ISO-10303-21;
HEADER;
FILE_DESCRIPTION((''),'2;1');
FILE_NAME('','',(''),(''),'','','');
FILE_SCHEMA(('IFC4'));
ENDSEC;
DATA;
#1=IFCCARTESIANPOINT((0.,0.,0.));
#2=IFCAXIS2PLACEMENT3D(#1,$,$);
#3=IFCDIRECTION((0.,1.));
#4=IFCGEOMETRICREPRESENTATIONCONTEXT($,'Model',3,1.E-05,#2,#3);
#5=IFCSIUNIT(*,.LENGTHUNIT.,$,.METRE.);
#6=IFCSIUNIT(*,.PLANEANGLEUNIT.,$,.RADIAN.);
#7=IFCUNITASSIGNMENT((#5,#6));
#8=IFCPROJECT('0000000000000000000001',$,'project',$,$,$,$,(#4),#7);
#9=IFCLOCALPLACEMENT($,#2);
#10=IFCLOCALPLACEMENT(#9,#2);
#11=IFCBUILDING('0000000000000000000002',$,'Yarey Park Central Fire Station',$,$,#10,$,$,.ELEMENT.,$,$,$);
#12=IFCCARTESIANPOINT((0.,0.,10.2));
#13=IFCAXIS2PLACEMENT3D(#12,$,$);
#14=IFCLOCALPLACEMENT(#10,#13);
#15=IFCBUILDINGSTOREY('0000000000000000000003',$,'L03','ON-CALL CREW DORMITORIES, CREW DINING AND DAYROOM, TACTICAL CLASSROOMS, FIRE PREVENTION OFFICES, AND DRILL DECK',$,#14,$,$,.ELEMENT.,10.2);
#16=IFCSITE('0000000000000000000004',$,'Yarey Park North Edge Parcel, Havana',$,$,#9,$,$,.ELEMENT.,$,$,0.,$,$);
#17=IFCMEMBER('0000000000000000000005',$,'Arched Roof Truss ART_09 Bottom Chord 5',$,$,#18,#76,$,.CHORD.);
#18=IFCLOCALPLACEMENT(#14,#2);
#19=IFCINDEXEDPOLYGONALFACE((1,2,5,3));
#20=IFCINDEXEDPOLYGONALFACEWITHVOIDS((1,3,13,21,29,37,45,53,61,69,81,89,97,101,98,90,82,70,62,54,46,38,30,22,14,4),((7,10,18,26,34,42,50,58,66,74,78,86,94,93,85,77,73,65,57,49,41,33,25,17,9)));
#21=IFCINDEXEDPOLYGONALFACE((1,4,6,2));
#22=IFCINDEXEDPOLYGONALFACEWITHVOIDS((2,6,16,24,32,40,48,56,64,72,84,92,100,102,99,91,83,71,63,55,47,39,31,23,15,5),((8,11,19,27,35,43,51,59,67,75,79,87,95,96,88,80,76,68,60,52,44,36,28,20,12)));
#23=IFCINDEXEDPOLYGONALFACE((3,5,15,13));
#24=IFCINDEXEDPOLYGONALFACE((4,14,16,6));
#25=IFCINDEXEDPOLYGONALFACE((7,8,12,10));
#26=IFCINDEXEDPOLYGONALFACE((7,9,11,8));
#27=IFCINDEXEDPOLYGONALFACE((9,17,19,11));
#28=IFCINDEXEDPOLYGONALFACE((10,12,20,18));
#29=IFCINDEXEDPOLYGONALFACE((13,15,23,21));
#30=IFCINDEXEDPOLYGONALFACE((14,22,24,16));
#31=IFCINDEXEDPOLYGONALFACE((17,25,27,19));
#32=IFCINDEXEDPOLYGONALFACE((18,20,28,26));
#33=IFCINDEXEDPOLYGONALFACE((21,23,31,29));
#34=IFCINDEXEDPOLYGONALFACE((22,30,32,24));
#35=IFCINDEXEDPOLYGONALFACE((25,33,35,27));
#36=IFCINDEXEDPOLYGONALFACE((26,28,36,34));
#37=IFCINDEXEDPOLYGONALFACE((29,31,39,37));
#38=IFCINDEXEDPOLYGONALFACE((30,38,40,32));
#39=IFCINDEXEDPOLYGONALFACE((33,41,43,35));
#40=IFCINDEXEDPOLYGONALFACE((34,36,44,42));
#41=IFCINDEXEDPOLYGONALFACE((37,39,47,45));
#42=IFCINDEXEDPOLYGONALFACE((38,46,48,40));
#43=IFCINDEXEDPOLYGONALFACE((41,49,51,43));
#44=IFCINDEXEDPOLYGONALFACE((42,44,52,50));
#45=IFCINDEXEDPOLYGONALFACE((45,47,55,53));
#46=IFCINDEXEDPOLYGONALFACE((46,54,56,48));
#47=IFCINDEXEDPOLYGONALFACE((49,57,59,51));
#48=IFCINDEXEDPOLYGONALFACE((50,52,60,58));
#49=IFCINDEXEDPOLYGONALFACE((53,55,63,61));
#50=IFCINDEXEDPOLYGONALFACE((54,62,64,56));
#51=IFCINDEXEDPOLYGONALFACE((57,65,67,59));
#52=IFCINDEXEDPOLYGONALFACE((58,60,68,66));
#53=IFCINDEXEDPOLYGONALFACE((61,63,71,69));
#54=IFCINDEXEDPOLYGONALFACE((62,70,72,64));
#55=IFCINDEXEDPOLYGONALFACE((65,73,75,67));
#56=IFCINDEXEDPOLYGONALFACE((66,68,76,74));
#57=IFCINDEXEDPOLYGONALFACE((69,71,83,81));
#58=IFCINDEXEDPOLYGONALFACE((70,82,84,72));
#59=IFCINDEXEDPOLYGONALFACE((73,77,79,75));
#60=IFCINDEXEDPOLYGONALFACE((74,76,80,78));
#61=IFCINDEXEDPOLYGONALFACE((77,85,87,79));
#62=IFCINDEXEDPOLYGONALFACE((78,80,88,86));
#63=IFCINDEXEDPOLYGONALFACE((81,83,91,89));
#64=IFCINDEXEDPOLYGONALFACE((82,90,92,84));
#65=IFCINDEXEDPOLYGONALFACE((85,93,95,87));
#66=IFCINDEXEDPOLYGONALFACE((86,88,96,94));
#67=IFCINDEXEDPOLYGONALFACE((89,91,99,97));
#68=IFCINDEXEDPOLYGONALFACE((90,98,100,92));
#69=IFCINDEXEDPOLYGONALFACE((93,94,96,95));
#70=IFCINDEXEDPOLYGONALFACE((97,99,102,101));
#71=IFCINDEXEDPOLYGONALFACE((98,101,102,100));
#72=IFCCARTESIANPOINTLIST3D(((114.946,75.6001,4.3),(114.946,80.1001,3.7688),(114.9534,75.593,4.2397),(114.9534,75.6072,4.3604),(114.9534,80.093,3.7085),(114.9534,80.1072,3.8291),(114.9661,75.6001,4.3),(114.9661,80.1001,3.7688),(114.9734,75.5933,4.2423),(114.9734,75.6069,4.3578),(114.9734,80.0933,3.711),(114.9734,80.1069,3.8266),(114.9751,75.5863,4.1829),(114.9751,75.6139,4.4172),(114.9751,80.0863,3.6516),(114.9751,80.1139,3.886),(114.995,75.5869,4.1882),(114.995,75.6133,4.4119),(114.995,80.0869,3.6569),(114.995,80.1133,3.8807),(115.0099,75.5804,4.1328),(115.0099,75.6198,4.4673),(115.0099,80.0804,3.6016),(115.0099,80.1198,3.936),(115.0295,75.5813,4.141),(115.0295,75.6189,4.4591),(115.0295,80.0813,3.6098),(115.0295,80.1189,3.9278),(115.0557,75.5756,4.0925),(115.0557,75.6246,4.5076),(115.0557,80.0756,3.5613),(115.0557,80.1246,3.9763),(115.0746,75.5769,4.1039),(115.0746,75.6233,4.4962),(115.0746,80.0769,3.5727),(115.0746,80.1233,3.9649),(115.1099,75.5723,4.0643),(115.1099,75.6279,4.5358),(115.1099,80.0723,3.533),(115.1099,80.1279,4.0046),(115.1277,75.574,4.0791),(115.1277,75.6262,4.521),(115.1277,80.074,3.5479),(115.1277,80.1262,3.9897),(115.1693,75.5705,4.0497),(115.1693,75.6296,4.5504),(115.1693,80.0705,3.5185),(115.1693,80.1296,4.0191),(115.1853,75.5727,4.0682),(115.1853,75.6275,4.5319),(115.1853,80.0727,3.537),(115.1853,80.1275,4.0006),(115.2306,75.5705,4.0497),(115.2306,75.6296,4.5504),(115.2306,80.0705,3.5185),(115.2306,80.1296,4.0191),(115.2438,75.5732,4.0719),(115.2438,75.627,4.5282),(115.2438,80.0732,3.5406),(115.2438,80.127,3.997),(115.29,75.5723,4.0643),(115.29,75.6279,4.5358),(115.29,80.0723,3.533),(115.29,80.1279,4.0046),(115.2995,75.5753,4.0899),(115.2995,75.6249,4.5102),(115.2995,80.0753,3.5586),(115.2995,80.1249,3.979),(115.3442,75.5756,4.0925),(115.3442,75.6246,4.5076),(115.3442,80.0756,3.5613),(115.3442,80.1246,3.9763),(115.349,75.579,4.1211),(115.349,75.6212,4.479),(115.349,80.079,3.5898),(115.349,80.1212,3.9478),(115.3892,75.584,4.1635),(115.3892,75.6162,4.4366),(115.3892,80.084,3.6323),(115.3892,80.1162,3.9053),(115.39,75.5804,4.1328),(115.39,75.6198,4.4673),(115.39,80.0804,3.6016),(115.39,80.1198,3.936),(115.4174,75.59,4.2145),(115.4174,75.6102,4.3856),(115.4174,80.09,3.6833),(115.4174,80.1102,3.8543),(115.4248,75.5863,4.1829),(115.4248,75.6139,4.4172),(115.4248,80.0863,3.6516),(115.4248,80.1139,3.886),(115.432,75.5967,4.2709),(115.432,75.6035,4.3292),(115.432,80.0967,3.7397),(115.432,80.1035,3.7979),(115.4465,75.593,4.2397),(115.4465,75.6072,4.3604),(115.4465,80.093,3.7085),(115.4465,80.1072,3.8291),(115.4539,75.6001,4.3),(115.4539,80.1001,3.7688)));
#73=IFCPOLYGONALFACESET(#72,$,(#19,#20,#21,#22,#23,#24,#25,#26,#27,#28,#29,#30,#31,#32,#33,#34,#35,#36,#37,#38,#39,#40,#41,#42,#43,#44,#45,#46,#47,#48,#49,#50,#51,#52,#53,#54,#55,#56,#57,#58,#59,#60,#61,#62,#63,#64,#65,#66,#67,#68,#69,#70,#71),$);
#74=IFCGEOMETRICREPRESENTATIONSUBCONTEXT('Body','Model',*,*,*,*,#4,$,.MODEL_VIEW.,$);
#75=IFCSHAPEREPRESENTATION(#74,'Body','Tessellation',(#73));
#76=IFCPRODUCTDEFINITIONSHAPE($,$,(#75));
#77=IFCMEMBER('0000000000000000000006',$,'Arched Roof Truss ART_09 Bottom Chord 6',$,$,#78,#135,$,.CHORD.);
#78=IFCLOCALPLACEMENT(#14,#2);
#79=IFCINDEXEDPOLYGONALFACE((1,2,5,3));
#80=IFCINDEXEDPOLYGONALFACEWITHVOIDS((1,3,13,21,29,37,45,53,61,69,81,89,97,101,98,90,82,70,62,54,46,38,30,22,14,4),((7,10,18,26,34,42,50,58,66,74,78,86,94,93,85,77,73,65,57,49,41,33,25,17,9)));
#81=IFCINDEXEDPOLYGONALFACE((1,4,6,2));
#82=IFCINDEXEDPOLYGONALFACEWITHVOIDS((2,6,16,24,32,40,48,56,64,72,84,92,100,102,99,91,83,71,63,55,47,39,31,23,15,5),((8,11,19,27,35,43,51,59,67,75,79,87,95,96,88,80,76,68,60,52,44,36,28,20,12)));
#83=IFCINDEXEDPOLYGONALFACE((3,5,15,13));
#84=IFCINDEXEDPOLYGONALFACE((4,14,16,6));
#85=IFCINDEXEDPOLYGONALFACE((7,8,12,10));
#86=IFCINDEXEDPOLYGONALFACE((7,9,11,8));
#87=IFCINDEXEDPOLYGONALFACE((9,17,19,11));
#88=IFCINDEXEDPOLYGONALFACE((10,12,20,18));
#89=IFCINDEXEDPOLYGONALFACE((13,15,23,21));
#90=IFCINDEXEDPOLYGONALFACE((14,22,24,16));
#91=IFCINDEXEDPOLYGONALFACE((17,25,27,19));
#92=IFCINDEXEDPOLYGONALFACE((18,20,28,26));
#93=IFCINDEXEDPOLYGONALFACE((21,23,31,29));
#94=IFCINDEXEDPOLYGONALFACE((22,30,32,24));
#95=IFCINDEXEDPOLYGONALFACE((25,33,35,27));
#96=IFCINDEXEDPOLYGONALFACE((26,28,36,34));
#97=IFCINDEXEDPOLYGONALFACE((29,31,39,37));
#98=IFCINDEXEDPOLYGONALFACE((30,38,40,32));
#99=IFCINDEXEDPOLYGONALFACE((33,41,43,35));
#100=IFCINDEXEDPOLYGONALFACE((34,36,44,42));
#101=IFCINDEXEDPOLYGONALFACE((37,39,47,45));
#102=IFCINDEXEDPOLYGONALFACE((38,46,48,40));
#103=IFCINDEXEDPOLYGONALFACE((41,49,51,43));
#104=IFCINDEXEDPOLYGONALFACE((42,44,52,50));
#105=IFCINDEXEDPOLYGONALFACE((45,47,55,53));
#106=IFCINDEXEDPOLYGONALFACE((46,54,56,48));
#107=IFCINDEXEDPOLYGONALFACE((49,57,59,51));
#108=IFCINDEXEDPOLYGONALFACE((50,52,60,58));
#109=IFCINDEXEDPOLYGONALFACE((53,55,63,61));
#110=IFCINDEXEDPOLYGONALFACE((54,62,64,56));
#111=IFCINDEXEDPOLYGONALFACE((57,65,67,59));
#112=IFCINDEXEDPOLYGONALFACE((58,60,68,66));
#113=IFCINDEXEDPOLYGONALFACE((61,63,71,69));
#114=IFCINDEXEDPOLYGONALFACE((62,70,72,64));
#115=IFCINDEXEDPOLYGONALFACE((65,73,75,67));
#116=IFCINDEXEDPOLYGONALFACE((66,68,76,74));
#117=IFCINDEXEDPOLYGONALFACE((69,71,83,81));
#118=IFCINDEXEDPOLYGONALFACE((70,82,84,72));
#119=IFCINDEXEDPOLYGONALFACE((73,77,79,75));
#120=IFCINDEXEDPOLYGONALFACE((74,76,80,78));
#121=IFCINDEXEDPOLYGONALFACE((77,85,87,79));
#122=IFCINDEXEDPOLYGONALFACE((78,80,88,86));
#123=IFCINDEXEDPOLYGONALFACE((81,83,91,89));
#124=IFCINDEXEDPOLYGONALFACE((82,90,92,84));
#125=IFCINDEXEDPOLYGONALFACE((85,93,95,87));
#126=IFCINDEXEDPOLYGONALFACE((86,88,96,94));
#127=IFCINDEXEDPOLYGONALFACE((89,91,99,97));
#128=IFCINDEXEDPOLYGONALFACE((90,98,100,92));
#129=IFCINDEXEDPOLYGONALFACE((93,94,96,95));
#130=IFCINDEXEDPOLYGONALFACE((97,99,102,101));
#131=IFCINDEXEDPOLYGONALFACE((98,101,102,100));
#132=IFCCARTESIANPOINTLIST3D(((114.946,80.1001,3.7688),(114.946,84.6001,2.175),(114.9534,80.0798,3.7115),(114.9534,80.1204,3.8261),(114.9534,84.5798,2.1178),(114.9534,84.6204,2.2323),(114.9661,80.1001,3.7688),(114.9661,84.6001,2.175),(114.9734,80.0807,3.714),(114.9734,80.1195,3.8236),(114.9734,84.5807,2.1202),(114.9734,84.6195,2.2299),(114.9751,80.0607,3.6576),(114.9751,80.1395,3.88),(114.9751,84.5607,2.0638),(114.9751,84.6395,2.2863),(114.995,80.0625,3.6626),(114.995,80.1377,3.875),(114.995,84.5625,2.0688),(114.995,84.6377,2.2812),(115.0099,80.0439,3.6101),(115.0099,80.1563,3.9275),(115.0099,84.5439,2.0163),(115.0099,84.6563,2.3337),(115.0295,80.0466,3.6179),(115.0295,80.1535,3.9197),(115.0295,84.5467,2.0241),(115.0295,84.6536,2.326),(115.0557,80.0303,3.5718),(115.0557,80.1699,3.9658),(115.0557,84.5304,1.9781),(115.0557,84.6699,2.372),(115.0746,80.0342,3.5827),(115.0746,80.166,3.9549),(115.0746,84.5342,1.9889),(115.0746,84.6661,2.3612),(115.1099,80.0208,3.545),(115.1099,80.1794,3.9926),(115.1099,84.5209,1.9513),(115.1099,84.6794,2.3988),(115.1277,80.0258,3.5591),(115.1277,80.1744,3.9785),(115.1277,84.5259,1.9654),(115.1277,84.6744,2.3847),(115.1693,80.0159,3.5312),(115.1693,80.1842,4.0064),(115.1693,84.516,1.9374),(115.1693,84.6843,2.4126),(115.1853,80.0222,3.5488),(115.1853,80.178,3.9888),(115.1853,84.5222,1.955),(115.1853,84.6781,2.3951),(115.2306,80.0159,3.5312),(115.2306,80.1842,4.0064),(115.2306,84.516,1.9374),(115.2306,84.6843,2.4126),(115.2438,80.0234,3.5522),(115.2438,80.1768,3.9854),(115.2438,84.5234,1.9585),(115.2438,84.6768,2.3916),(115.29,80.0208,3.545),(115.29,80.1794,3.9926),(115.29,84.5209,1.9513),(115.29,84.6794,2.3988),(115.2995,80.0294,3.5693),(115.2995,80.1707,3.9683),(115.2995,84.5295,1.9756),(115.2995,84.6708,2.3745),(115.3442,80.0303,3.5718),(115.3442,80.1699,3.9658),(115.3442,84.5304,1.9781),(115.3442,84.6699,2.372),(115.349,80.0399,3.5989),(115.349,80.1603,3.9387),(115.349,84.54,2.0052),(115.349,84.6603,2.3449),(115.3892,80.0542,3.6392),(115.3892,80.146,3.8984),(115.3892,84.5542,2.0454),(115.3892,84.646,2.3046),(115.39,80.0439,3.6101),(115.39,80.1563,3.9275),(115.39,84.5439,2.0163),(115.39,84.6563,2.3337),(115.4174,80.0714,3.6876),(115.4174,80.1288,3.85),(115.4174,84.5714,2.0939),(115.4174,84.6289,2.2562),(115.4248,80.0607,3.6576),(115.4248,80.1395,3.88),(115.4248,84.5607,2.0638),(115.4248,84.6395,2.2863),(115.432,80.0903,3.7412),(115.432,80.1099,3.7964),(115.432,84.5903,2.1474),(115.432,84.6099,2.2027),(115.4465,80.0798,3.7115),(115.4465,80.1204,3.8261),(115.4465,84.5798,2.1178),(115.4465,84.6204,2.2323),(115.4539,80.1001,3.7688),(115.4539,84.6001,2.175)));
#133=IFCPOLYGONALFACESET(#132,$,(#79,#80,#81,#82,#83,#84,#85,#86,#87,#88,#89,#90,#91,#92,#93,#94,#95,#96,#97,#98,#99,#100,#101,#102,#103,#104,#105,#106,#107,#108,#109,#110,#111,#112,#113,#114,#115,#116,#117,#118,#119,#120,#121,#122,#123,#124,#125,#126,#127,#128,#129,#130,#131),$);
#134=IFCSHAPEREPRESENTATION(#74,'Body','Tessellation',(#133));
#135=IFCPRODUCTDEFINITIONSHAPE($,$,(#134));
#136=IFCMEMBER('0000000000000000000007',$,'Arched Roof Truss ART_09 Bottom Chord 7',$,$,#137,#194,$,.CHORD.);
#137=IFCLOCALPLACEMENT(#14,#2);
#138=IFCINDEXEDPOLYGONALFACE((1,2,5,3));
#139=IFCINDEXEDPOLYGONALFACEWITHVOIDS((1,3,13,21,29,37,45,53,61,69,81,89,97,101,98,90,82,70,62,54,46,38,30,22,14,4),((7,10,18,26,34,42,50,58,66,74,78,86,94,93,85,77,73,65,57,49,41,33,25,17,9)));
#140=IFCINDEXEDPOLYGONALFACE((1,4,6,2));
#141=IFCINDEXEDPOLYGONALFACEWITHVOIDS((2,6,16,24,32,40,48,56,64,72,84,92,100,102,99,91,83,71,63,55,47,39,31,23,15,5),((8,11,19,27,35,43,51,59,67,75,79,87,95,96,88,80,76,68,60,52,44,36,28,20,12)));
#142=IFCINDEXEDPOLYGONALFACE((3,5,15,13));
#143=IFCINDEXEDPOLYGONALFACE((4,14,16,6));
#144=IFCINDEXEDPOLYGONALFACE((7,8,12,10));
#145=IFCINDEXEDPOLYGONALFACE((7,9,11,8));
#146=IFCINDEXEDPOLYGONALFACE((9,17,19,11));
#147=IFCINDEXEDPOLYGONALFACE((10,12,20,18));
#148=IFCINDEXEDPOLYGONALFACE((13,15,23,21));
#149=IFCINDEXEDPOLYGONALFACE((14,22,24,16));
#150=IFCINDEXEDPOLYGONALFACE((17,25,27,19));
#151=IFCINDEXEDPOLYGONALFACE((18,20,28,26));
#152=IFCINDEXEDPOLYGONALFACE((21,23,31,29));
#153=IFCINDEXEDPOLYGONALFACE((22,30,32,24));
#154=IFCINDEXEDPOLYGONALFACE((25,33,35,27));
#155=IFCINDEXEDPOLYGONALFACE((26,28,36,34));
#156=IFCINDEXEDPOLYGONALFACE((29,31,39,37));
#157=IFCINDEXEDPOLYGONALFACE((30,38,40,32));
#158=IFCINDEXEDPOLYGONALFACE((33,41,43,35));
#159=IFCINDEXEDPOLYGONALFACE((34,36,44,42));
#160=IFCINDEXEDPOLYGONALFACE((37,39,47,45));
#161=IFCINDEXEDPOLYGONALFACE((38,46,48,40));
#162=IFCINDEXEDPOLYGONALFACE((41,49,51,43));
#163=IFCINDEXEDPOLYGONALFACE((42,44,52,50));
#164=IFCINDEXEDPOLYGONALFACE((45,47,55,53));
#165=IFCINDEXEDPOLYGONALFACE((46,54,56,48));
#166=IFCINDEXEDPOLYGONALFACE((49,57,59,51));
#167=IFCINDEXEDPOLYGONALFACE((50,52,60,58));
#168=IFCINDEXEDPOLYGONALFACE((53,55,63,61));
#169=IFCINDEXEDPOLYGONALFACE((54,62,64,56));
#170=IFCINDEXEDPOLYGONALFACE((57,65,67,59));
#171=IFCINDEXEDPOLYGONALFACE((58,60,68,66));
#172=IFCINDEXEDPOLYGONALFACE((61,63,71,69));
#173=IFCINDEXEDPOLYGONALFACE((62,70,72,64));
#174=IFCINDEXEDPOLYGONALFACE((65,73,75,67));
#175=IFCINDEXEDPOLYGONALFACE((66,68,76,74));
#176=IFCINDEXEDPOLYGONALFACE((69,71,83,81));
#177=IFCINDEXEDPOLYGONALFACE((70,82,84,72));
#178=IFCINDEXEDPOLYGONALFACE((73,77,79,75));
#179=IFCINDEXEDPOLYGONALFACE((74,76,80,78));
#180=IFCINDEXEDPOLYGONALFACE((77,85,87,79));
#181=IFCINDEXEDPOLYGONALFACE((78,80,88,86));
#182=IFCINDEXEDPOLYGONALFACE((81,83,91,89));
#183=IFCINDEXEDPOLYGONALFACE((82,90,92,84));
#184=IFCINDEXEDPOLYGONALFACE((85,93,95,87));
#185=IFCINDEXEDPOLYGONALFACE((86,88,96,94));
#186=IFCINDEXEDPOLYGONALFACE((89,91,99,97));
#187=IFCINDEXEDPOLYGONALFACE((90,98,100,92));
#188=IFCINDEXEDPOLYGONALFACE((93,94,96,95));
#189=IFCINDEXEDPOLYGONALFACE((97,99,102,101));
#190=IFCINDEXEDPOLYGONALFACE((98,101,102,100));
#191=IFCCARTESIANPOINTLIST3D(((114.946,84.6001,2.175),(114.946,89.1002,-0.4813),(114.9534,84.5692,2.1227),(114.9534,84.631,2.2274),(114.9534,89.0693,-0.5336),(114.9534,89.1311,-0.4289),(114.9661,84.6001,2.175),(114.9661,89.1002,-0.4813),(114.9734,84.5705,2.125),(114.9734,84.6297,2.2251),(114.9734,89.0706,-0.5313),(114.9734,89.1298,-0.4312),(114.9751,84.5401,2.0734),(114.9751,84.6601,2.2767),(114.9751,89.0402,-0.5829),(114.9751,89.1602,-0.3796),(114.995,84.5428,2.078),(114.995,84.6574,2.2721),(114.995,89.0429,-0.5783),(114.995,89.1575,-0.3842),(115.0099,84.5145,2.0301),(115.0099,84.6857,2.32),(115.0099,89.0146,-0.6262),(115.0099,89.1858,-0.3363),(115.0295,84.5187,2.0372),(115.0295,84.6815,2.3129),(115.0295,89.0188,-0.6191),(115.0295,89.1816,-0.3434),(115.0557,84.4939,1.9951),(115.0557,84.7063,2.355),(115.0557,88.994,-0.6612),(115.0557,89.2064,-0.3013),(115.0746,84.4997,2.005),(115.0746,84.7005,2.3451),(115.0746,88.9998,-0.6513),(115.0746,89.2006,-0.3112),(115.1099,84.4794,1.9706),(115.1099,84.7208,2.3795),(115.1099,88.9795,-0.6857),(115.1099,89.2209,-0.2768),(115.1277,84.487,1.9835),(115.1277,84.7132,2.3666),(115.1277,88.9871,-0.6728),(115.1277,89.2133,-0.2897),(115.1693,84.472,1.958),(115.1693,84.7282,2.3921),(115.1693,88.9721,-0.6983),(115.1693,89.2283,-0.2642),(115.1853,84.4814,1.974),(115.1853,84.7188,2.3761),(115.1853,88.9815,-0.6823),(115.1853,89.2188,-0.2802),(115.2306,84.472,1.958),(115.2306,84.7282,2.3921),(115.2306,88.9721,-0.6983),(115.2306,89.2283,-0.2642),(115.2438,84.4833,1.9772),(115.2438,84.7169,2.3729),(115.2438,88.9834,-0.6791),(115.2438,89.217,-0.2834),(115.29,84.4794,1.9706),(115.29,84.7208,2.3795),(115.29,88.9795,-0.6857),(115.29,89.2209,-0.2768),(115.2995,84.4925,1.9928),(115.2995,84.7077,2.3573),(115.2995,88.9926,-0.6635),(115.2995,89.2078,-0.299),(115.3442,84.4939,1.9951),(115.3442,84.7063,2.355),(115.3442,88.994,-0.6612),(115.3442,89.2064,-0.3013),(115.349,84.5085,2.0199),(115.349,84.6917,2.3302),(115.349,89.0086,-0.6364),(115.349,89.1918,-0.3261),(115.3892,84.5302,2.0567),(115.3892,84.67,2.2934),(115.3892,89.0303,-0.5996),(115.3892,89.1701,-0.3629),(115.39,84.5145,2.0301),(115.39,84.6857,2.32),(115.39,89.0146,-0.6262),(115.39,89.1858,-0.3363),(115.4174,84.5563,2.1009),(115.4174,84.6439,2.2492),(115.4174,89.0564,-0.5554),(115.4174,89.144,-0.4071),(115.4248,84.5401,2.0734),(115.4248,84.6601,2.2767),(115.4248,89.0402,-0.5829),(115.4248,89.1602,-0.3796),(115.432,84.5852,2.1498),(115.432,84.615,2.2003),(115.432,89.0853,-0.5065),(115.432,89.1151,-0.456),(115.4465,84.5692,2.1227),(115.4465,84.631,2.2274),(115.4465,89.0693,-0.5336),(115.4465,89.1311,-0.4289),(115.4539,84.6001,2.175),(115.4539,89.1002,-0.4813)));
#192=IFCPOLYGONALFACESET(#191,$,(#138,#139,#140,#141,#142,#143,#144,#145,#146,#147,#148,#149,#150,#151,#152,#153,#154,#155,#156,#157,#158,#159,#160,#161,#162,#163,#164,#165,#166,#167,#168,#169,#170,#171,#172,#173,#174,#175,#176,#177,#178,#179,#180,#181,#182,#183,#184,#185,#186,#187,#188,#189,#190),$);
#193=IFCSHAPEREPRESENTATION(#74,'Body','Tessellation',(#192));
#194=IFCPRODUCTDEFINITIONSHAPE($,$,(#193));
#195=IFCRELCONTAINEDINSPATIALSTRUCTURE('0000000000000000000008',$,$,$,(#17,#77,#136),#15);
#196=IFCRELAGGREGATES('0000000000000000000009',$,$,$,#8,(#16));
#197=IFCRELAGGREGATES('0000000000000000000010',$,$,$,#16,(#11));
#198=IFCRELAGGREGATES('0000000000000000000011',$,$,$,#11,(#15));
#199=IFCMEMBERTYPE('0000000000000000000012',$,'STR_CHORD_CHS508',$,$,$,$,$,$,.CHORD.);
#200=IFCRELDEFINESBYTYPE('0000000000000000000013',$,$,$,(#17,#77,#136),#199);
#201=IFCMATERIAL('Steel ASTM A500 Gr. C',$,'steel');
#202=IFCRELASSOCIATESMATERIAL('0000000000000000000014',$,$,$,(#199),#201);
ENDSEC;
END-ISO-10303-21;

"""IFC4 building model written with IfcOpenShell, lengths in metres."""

from ifc_helpers import new_model, si_unit, direction, frame, origin, origin_2d, place, context, subcontext, project, spatial, hollow_circle, extrude, material, material_profile, profile_set, type_object, element, save


model = new_model("IFC4")

# Units and contexts
model_context = context("Model", 3, precision=1e-05, world=origin(), true_north=direction((0.0, 1.0)))
body_context = subcontext(model_context, "Body", "Model", "MODEL_VIEW")
ifc_project = project(units=[si_unit("LENGTHUNIT", "METRE"), si_unit("PLANEANGLEUNIT", "RADIAN")], contexts=[model_context])

# Site, building, storey
site_placement = place(None, origin())
site = spatial("IfcSite", under=ifc_project, at=site_placement, Name="Yarey Park North Edge Parcel, Havana", CompositionType="ELEMENT", RefElevation=0.0)
building_placement = place(site_placement, origin())
building = spatial("IfcBuilding", under=site, at=building_placement, Name="Yarey Park Central Fire Station", CompositionType="ELEMENT")
storey_placement = place(building_placement, frame((0.0, 0.0, 10.2)))
storey = spatial("IfcBuildingStorey", under=building, at=storey_placement, Name="L03", Description="ON-CALL CREW DORMITORIES, CREW DINING AND DAYROOM, TACTICAL CLASSROOMS, FIRE PREVENTION OFFICES, AND DRILL DECK", CompositionType="ELEMENT", Elevation=10.2)

# Members
ifc_material_1 = material(Name="Steel ASTM A500 Gr. C", Category="steel")
ifc_material_profile_1 = material_profile(ifc_material_1, hollow_circle(Radius=0.2539, WallThickness=0.02, at=origin_2d()), Name="CHS 508x20")
ifc_profile_set_1 = profile_set([ifc_material_profile_1], Name="Steel ASTM A500 Gr. C")
member_type_1 = type_object("IfcMemberType", Name="STR_CHORD_CHS508", PredefinedType="CHORD", material=ifc_profile_set_1)
member_1_placement = place(storey_placement, frame((115.2, 75.6001, 4.3), z_axis=(0.0, 0.993103, -0.117241), x_axis=(-1.0, 0.0, 0.0)))
element("IfcMember", 1, at=member_1_placement, inside=storey, type_object=member_type_1, Name="Arched Roof Truss ART_09 Bottom Chord 5", PredefinedType="CHORD", context=body_context, shape_type="SweptSolid", body=[
    extrude(hollow_circle(Radius=0.2539, WallThickness=0.02, at=origin_2d()), origin(), (0.0, 0.0, 1.0), 4.5312),
])
member_2_placement = place(storey_placement, frame((115.2, 80.1001, 3.7688), z_axis=(0.0, 0.942627, -0.333847), x_axis=(-1.0, 0.0, 0.0)))
element("IfcMember", 2, at=member_2_placement, inside=storey, type_object=member_type_1, Name="Arched Roof Truss ART_09 Bottom Chord 6", PredefinedType="CHORD", context=body_context, shape_type="SweptSolid", body=[
    extrude(hollow_circle(Radius=0.2539, WallThickness=0.02, at=origin_2d()), origin(), (0.0, 0.0, 1.0), 4.7739),
])
member_3_placement = place(storey_placement, frame((115.2, 84.6001, 2.175), z_axis=(0.0, 0.861165, -0.508326), x_axis=(-1.0, 0.0, 0.0)))
element("IfcMember", 3, at=member_3_placement, inside=storey, type_object=member_type_1, Name="Arched Roof Truss ART_09 Bottom Chord 7", PredefinedType="CHORD", context=body_context, shape_type="SweptSolid", body=[
    extrude(hollow_circle(Radius=0.2539, WallThickness=0.02, at=origin_2d()), origin(), (0.0, 0.0, 1.0), 5.2256),
])

save(model, "model.ifc")
